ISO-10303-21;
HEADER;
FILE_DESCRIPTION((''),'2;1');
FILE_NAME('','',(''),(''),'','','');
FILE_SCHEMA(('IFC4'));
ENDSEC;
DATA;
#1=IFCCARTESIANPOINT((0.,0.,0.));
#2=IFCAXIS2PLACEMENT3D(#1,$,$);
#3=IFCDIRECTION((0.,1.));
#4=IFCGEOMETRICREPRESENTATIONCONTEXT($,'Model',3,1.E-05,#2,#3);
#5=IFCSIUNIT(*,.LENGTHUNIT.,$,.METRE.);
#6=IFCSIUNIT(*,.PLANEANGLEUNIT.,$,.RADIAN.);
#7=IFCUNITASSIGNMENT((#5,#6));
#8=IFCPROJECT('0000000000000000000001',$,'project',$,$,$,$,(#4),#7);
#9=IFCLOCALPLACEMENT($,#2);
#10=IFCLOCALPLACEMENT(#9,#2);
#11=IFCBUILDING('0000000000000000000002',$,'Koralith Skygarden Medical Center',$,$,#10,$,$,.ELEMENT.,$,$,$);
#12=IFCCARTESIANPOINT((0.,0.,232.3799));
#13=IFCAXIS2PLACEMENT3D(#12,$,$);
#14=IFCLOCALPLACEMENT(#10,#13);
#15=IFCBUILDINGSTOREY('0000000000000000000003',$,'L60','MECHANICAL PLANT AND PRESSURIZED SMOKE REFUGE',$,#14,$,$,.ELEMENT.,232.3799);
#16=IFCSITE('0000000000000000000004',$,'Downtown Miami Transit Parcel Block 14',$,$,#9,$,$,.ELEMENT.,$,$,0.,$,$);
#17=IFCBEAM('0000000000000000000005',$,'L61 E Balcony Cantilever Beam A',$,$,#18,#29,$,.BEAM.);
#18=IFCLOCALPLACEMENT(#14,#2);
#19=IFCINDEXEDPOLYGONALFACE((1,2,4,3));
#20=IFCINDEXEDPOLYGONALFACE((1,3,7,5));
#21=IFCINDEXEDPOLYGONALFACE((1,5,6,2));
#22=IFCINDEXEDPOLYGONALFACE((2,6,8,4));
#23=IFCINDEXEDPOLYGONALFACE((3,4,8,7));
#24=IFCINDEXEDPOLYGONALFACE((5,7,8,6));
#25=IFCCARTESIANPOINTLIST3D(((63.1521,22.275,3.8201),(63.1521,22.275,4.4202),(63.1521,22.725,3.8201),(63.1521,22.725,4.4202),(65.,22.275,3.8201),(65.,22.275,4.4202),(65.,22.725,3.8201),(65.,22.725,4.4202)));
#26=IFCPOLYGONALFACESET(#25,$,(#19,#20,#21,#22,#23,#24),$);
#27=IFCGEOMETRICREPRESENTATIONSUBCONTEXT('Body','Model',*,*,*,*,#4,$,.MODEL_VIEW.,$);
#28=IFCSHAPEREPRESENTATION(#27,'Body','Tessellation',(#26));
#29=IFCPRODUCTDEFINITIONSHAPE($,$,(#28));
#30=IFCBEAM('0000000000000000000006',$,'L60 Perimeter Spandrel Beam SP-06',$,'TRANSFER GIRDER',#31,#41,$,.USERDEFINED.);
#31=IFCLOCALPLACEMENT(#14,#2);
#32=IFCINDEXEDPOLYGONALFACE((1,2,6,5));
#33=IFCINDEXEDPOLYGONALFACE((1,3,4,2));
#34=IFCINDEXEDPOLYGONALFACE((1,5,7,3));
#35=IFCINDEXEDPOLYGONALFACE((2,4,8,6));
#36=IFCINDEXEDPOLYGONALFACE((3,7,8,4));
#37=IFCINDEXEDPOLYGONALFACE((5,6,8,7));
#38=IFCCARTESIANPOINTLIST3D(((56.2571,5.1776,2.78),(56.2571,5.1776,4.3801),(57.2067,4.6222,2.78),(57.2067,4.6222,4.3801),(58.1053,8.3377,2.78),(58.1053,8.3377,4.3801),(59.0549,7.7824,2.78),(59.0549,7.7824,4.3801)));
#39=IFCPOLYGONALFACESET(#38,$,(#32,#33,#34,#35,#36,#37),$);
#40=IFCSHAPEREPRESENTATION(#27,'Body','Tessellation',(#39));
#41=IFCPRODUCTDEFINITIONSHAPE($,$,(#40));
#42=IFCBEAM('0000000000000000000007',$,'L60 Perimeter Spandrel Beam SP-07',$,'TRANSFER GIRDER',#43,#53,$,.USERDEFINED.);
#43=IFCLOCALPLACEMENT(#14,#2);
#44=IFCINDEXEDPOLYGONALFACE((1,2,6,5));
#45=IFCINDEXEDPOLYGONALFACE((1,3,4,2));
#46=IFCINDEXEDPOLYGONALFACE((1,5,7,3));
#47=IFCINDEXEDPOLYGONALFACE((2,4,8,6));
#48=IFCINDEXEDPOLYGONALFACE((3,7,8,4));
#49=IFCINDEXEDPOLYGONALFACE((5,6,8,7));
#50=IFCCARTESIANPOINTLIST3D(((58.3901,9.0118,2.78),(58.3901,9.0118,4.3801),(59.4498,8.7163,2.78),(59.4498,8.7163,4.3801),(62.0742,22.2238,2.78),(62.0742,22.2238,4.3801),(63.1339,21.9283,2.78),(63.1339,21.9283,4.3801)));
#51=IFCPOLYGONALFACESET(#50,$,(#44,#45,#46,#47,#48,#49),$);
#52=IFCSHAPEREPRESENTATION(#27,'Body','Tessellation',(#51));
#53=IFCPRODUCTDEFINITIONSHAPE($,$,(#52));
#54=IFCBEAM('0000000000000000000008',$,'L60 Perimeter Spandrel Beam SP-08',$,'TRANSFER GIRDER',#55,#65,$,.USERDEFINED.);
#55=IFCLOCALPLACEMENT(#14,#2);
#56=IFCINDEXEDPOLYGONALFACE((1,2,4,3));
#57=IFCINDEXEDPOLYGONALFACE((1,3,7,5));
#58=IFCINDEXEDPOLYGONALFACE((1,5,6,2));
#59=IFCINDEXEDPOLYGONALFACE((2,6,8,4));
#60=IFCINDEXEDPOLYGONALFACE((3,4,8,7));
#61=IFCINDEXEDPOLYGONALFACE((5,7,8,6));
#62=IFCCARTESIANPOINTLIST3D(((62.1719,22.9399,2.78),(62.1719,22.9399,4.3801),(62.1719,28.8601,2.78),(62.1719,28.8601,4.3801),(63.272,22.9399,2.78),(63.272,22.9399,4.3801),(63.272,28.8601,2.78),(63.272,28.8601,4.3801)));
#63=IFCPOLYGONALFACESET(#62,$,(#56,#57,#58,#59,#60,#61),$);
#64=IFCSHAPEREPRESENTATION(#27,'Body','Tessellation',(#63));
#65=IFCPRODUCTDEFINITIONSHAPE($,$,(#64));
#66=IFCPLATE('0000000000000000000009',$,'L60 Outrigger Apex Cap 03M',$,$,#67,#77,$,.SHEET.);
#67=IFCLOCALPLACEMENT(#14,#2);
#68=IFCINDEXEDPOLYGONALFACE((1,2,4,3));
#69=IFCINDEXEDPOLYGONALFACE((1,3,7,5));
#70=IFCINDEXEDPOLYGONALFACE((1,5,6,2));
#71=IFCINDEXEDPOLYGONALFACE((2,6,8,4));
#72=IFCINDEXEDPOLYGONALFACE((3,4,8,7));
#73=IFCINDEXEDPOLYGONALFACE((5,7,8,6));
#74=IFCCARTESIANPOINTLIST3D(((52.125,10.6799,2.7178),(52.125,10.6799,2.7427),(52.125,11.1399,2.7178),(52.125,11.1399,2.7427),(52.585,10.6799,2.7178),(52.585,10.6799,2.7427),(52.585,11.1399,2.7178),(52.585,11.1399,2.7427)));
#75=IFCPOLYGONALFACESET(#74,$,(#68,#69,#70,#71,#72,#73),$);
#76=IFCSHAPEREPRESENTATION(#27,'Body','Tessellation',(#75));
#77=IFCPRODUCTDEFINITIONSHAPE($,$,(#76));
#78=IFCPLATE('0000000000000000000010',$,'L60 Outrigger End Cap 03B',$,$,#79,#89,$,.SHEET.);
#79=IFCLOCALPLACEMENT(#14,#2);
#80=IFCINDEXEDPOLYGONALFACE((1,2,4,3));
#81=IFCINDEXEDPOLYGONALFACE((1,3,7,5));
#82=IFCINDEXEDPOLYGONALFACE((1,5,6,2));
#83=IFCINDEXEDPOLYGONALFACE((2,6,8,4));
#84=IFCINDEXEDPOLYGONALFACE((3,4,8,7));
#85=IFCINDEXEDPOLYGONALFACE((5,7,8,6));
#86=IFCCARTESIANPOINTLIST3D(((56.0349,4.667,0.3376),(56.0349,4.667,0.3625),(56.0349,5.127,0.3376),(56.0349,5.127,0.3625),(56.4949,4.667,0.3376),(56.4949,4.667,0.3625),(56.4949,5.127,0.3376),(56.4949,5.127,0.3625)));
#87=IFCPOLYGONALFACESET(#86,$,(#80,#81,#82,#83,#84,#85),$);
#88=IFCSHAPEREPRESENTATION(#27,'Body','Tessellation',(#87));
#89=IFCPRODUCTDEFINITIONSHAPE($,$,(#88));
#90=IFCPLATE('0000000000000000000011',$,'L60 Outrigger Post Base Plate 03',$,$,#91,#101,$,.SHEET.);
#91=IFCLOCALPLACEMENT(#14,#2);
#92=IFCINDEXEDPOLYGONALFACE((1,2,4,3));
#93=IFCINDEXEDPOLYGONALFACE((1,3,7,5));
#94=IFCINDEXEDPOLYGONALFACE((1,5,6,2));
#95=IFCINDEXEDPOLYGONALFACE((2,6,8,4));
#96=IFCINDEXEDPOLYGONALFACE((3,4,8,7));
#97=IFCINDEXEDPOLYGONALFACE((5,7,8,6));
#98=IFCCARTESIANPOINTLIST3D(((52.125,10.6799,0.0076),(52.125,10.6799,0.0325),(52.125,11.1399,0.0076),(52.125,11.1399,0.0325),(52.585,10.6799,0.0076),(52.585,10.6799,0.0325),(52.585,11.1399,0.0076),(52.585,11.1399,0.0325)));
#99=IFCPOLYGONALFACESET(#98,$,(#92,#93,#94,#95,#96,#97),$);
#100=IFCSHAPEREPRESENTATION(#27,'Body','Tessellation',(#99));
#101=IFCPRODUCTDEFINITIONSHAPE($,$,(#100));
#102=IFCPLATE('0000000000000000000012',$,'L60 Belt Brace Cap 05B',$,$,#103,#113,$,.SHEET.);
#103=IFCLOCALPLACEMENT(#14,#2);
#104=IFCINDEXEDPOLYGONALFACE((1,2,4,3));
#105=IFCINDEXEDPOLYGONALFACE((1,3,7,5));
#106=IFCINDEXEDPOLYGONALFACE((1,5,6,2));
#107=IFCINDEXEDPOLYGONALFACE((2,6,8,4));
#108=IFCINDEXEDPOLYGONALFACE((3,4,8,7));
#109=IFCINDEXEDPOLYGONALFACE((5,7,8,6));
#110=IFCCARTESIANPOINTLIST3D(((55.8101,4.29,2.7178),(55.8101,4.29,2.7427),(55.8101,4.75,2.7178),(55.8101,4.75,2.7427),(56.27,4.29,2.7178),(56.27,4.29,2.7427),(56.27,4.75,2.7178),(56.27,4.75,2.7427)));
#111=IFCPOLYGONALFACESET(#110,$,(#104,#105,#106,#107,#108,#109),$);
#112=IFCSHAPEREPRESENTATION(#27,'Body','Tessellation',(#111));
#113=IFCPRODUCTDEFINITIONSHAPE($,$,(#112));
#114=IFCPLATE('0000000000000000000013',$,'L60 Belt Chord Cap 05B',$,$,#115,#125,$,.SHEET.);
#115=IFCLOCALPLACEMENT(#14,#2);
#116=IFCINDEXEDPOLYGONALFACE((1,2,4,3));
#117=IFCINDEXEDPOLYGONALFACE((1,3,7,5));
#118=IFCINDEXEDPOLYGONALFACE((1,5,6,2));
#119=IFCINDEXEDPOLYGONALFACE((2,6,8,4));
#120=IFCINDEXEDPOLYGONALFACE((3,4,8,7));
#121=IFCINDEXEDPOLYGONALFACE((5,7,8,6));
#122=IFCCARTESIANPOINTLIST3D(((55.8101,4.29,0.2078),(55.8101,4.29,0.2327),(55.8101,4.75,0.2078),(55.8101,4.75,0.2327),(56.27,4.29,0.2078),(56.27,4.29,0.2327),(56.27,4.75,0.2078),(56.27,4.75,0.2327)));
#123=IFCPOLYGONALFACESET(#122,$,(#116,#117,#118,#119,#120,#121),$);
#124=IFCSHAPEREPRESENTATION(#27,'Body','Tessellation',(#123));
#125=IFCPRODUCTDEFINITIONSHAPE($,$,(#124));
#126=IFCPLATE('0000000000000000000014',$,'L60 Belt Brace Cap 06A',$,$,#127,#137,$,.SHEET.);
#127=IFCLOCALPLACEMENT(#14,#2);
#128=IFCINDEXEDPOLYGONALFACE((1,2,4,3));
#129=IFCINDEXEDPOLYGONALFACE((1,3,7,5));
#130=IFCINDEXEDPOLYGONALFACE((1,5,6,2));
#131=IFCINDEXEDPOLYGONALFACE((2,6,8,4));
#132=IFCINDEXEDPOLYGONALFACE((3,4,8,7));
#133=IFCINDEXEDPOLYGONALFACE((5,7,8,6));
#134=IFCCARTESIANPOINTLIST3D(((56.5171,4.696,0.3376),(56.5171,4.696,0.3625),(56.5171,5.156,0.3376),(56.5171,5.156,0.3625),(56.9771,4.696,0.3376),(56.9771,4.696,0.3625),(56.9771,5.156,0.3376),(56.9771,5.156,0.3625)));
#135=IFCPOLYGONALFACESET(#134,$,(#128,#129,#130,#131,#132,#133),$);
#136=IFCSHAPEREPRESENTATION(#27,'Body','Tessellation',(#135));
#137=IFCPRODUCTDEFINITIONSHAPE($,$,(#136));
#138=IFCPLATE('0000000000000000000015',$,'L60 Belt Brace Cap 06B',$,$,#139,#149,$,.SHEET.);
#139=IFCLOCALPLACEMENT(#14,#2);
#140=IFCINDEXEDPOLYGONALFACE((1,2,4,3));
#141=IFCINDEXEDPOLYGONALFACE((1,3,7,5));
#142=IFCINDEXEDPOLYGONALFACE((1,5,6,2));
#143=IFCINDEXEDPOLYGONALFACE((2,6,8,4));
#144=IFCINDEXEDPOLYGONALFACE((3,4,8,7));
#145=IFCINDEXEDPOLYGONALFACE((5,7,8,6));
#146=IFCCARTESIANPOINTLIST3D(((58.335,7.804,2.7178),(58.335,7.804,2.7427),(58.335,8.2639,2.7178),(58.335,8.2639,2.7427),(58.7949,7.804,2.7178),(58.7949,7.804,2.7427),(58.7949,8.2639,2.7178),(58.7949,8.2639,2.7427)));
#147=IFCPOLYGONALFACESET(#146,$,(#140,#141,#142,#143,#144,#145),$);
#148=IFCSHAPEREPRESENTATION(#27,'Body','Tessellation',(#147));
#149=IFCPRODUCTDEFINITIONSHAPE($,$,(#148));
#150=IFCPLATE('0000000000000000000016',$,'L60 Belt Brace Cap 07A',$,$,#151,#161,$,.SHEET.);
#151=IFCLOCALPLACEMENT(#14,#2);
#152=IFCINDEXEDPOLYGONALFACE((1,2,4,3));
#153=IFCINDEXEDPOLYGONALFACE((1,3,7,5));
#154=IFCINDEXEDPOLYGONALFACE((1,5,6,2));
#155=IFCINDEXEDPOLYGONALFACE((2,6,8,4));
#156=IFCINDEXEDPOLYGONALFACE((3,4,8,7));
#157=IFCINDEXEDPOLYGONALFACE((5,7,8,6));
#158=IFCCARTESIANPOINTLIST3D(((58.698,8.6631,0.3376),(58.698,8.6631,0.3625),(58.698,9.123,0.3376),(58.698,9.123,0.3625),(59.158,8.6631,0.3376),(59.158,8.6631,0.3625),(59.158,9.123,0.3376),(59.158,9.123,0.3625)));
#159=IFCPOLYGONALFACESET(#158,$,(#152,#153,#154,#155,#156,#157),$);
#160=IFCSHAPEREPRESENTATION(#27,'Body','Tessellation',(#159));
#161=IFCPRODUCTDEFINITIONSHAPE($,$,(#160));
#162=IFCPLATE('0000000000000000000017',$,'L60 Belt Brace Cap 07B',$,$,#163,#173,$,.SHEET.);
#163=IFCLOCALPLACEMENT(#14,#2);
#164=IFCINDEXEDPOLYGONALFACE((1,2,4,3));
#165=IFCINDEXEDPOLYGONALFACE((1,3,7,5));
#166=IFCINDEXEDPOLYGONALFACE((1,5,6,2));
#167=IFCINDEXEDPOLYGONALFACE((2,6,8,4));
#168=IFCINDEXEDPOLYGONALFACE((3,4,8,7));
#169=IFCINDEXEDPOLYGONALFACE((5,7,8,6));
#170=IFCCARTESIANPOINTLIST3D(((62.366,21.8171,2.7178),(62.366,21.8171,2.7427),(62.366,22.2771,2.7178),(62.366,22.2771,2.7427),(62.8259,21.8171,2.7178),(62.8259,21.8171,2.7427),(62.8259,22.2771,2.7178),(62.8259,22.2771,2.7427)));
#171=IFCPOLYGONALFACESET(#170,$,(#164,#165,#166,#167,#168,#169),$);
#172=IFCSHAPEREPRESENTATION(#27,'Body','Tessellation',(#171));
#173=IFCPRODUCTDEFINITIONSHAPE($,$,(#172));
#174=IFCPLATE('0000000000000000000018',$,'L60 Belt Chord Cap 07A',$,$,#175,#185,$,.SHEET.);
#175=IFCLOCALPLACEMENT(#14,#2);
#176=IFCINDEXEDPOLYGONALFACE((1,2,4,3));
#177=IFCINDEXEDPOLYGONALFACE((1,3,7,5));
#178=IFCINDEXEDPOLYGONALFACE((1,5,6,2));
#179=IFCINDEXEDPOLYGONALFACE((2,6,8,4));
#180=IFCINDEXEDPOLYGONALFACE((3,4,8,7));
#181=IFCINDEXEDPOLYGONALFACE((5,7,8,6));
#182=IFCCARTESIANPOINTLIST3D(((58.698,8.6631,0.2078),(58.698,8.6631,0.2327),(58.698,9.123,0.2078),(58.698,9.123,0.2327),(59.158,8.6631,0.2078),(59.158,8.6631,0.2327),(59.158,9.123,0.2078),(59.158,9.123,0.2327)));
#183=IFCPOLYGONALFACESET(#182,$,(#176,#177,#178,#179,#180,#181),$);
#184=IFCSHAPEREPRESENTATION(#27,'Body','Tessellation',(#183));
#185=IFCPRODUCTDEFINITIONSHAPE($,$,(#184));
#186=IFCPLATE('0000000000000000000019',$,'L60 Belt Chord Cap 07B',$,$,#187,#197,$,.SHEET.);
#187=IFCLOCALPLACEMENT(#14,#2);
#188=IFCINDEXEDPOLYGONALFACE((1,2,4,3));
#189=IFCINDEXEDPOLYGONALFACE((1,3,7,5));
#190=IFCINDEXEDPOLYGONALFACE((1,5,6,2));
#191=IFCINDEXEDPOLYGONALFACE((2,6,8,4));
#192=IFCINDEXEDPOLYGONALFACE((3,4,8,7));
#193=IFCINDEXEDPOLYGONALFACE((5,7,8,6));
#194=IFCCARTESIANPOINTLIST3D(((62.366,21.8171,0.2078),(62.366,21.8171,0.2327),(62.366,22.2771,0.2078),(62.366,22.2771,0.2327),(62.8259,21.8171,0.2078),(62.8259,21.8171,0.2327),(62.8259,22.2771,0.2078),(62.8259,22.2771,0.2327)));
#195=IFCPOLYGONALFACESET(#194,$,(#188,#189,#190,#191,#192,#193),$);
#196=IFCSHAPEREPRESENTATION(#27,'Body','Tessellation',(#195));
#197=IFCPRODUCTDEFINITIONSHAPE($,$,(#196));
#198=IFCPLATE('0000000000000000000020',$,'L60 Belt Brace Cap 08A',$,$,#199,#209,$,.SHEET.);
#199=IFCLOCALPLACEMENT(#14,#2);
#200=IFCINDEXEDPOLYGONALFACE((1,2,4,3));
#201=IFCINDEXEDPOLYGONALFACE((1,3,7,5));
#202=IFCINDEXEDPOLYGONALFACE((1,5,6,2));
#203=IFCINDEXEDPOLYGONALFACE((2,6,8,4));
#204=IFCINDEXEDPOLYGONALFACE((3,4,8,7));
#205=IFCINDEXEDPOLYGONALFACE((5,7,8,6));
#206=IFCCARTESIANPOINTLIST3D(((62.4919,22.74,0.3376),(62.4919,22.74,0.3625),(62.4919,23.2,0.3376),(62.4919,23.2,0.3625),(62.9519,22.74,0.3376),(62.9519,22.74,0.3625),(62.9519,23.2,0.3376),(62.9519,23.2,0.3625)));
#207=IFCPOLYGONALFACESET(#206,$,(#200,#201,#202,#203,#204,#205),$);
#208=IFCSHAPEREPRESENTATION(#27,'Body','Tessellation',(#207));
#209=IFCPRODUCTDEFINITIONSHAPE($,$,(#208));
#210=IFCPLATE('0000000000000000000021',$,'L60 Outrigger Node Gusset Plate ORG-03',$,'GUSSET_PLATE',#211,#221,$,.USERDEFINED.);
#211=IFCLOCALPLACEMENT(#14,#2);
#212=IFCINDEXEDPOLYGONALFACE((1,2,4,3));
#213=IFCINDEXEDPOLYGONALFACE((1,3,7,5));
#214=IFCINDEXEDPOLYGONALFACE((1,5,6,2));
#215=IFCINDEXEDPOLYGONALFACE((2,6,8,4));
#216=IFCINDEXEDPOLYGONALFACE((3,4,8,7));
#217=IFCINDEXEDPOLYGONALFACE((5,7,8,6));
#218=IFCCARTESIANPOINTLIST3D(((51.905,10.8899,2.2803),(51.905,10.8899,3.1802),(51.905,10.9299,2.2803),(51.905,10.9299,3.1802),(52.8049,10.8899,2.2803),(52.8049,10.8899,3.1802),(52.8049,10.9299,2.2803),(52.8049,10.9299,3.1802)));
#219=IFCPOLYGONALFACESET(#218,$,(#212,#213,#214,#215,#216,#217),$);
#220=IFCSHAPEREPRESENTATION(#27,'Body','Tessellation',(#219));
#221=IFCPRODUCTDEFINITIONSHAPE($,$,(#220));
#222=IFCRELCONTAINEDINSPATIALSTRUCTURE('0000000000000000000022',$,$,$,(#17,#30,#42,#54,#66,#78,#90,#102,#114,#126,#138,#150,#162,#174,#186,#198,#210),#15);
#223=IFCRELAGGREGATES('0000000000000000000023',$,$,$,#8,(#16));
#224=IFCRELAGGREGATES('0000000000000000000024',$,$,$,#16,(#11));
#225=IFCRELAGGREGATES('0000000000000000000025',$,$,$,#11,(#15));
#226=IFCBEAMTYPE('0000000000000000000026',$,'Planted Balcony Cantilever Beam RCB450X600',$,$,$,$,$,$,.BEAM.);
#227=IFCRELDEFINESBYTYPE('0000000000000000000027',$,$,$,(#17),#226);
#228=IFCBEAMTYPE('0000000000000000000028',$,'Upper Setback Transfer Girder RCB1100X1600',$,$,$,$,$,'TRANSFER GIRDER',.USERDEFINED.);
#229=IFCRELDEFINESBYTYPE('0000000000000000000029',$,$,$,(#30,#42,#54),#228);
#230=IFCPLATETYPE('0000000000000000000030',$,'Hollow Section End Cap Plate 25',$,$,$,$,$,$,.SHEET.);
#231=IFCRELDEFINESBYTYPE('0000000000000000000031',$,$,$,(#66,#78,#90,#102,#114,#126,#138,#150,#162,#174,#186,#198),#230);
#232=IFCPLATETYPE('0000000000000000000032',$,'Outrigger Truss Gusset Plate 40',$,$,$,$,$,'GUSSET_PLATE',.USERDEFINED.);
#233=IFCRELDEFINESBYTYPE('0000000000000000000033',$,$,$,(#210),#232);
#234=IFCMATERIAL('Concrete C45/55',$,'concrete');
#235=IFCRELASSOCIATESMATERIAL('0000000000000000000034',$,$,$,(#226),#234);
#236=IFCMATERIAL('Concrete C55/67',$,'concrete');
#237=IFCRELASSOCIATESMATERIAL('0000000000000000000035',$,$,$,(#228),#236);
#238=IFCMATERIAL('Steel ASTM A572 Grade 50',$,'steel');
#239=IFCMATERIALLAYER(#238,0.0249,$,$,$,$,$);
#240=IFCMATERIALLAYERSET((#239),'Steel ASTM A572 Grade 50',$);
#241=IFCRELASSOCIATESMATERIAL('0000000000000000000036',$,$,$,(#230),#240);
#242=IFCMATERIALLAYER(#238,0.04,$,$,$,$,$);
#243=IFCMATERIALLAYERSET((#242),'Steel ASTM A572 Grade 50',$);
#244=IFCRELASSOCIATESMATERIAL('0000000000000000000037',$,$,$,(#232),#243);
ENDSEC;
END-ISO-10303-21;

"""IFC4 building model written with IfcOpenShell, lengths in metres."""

from ifc_helpers import new_model, si_unit, direction, frame, origin, origin_2d, place, context, subcontext, project, spatial, rectangle, extrude, material, layer, layer_set, material_profile, profile_set, type_object, element, save


model = new_model("IFC4")

# Units and contexts
model_context = context("Model", 3, precision=1e-05, world=origin(), true_north=direction((0.0, 1.0)))
body_context = subcontext(model_context, "Body", "Model", "MODEL_VIEW")
ifc_project = project(units=[si_unit("LENGTHUNIT", "METRE"), si_unit("PLANEANGLEUNIT", "RADIAN")], contexts=[model_context])

# Site, building, storey
site_placement = place(None, origin())
site = spatial("IfcSite", under=ifc_project, at=site_placement, Name="Downtown Miami Transit Parcel Block 14", CompositionType="ELEMENT", RefElevation=0.0)
building_placement = place(site_placement, origin())
building = spatial("IfcBuilding", under=site, at=building_placement, Name="Koralith Skygarden Medical Center", CompositionType="ELEMENT")
storey_placement = place(building_placement, frame((0.0, 0.0, 232.3799)))
storey = spatial("IfcBuildingStorey", under=building, at=storey_placement, Name="L60", Description="MECHANICAL PLANT AND PRESSURIZED SMOKE REFUGE", CompositionType="ELEMENT", Elevation=232.3799)

# Shared definitions
ifc_material_1 = material(Name="Concrete C55/67", Category="concrete")

# Beams
ifc_material_2 = material(Name="Concrete C45/55", Category="concrete")
ifc_material_profile_1 = material_profile(ifc_material_2, rectangle(XDim=0.45, YDim=0.6001, at=origin_2d()), Name="RCB450X600")
ifc_profile_set_1 = profile_set([ifc_material_profile_1], Name="Concrete C45/55")
beam_type_1 = type_object("IfcBeamType", Name="Planted Balcony Cantilever Beam RCB450X600", PredefinedType="BEAM", material=ifc_profile_set_1)
beam_1_placement = place(storey_placement, frame((63.1521, 22.5, 4.1201), z_axis=(1.0, 0.0, 0.0), x_axis=(0.0, 1.0, 0.0)))
element("IfcBeam", 1, at=beam_1_placement, inside=storey, type_object=beam_type_1, Name="L61 E Balcony Cantilever Beam A", PredefinedType="BEAM", context=body_context, shape_type="SweptSolid", body=[
    extrude(rectangle(XDim=0.45, YDim=0.6001, at=origin_2d()), origin(), (0.0, 0.0, 1.0), 1.8479),
])
ifc_material_profile_2 = material_profile(ifc_material_1, rectangle(XDim=1.1001, YDim=1.6001, at=origin_2d()), Name="RCB1100X1600")
ifc_profile_set_2 = profile_set([ifc_material_profile_2], Name="Concrete C55/67")
beam_type_2 = type_object("IfcBeamType", Name="Upper Setback Transfer Girder RCB1100X1600", ElementType="TRANSFER GIRDER", PredefinedType="USERDEFINED", material=ifc_profile_set_2)
beam_2_placement = place(storey_placement, frame((56.7319, 4.8999, 3.5801), z_axis=(0.504833, 0.863217, 0.0), x_axis=(-0.863217, 0.504833, 0.0)))
element("IfcBeam", 2, at=beam_2_placement, inside=storey, type_object=beam_type_2, Name="L60 Perimeter Spandrel Beam SP-06", ObjectType="TRANSFER GIRDER", PredefinedType="USERDEFINED", context=body_context, shape_type="SweptSolid", body=[
    extrude(rectangle(XDim=1.1001, YDim=1.6001, at=origin_2d()), origin(), (0.0, 0.0, 1.0), 3.6609),
])
beam_3_placement = place(storey_placement, frame((58.9199, 8.864, 3.5801), z_axis=(0.268598, 0.963252, 0.0), x_axis=(-0.963252, 0.268598, 0.0)))
element("IfcBeam", 3, at=beam_3_placement, inside=storey, type_object=beam_type_2, Name="L60 Perimeter Spandrel Beam SP-07", ObjectType="TRANSFER GIRDER", PredefinedType="USERDEFINED", context=body_context, shape_type="SweptSolid", body=[
    extrude(rectangle(XDim=1.1001, YDim=1.6001, at=origin_2d()), origin(), (0.0, 0.0, 1.0), 13.7161),
])
beam_4_placement = place(storey_placement, frame((62.7219, 22.9399, 3.5801), z_axis=(0.0, 1.0, 0.0), x_axis=(-1.0, 0.0, 0.0)))
element("IfcBeam", 4, at=beam_4_placement, inside=storey, type_object=beam_type_2, Name="L60 Perimeter Spandrel Beam SP-08", ObjectType="TRANSFER GIRDER", PredefinedType="USERDEFINED", context=body_context, shape_type="SweptSolid", body=[
    extrude(rectangle(XDim=1.1001, YDim=1.6001, at=origin_2d()), origin(), (0.0, 0.0, 1.0), 5.9202),
])

# Plates
ifc_material_3 = material(Name="Steel ASTM A572 Grade 50", Category="steel")
ifc_layer_1 = layer(ifc_material_3, 0.0249)
ifc_layer_set_1 = layer_set([ifc_layer_1], Name="Steel ASTM A572 Grade 50")
plate_type_1 = type_object("IfcPlateType", Name="Hollow Section End Cap Plate 25", PredefinedType="SHEET", material=ifc_layer_set_1)
for number, where, z_axis, x_axis, name in (
    (5, (52.355, 10.9099, 2.7178), (0.0, 0.0, 1.0), (1.0, 0.0, 0.0), "L60 Outrigger Apex Cap 03M"),
    (6, (56.2649, 4.897, 0.3376), (0.0, 0.0, 1.0), (1.0, 0.0, 0.0), "L60 Outrigger End Cap 03B"),
    (7, (52.355, 10.9099, 0.0076), (0.0, 0.0, 1.0), (1.0, 0.0, 0.0), "L60 Outrigger Post Base Plate 03"),
    (8, (56.04, 4.52, 2.7178), (0.0, 0.0, 1.0), (1.0, 0.0, 0.0), "L60 Belt Brace Cap 05B"),
    (9, (56.04, 4.52, 0.2078), (0.0, 0.0, 1.0), (1.0, 0.0, 0.0), "L60 Belt Chord Cap 05B"),
    (10, (56.7471, 4.926, 0.3376), (0.0, 0.0, 1.0), (1.0, 0.0, 0.0), "L60 Belt Brace Cap 06A"),
    (11, (58.5649, 8.0339, 2.7178), (0.0, 0.0, 1.0), (1.0, 0.0, 0.0), "L60 Belt Brace Cap 06B"),
    (12, (58.928, 8.8931, 0.3376), (0.0, 0.0, 1.0), (1.0, 0.0, 0.0), "L60 Belt Brace Cap 07A"),
    (13, (62.5959, 22.0471, 2.7178), (0.0, 0.0, 1.0), (1.0, 0.0, 0.0), "L60 Belt Brace Cap 07B"),
    (14, (58.928, 8.8931, 0.2078), (0.0, 0.0, 1.0), (1.0, 0.0, 0.0), "L60 Belt Chord Cap 07A"),
    (15, (62.5959, 22.0471, 0.2078), (0.0, 0.0, 1.0), (1.0, 0.0, 0.0), "L60 Belt Chord Cap 07B"),
    (16, (62.7219, 22.97, 0.3376), (0.0, 0.0, 1.0), (1.0, 0.0, 0.0), "L60 Belt Brace Cap 08A"),
):
    element("IfcPlate", number, at=place(storey_placement, frame(where, z_axis=z_axis, x_axis=x_axis)), inside=storey, type_object=plate_type_1, Name=name, PredefinedType="SHEET", context=body_context, shape_type="SweptSolid", body=[
        extrude(rectangle(XDim=0.46, YDim=0.46, at=origin_2d()), origin(), (0.0, 0.0, 1.0), 0.0249),
    ])
ifc_layer_2 = layer(ifc_material_3, 0.04)
ifc_layer_set_2 = layer_set([ifc_layer_2], Name="Steel ASTM A572 Grade 50")
plate_type_2 = type_object("IfcPlateType", Name="Outrigger Truss Gusset Plate 40", ElementType="GUSSET_PLATE", PredefinedType="USERDEFINED", material=ifc_layer_set_2)
plate_placement = place(storey_placement, frame((52.355, 10.9099, 2.2803), z_axis=(0.0, 0.0, 1.0), x_axis=(1.0, 0.0, 0.0)))
element("IfcPlate", 17, at=plate_placement, inside=storey, type_object=plate_type_2, Name="L60 Outrigger Node Gusset Plate ORG-03", ObjectType="GUSSET_PLATE", PredefinedType="USERDEFINED", context=body_context, shape_type="SweptSolid", body=[
    extrude(rectangle(XDim=0.8999, YDim=0.04, at=origin_2d()), origin(), (0.0, 0.0, 1.0), 0.8999),
])

save(model, "model.ifc")
